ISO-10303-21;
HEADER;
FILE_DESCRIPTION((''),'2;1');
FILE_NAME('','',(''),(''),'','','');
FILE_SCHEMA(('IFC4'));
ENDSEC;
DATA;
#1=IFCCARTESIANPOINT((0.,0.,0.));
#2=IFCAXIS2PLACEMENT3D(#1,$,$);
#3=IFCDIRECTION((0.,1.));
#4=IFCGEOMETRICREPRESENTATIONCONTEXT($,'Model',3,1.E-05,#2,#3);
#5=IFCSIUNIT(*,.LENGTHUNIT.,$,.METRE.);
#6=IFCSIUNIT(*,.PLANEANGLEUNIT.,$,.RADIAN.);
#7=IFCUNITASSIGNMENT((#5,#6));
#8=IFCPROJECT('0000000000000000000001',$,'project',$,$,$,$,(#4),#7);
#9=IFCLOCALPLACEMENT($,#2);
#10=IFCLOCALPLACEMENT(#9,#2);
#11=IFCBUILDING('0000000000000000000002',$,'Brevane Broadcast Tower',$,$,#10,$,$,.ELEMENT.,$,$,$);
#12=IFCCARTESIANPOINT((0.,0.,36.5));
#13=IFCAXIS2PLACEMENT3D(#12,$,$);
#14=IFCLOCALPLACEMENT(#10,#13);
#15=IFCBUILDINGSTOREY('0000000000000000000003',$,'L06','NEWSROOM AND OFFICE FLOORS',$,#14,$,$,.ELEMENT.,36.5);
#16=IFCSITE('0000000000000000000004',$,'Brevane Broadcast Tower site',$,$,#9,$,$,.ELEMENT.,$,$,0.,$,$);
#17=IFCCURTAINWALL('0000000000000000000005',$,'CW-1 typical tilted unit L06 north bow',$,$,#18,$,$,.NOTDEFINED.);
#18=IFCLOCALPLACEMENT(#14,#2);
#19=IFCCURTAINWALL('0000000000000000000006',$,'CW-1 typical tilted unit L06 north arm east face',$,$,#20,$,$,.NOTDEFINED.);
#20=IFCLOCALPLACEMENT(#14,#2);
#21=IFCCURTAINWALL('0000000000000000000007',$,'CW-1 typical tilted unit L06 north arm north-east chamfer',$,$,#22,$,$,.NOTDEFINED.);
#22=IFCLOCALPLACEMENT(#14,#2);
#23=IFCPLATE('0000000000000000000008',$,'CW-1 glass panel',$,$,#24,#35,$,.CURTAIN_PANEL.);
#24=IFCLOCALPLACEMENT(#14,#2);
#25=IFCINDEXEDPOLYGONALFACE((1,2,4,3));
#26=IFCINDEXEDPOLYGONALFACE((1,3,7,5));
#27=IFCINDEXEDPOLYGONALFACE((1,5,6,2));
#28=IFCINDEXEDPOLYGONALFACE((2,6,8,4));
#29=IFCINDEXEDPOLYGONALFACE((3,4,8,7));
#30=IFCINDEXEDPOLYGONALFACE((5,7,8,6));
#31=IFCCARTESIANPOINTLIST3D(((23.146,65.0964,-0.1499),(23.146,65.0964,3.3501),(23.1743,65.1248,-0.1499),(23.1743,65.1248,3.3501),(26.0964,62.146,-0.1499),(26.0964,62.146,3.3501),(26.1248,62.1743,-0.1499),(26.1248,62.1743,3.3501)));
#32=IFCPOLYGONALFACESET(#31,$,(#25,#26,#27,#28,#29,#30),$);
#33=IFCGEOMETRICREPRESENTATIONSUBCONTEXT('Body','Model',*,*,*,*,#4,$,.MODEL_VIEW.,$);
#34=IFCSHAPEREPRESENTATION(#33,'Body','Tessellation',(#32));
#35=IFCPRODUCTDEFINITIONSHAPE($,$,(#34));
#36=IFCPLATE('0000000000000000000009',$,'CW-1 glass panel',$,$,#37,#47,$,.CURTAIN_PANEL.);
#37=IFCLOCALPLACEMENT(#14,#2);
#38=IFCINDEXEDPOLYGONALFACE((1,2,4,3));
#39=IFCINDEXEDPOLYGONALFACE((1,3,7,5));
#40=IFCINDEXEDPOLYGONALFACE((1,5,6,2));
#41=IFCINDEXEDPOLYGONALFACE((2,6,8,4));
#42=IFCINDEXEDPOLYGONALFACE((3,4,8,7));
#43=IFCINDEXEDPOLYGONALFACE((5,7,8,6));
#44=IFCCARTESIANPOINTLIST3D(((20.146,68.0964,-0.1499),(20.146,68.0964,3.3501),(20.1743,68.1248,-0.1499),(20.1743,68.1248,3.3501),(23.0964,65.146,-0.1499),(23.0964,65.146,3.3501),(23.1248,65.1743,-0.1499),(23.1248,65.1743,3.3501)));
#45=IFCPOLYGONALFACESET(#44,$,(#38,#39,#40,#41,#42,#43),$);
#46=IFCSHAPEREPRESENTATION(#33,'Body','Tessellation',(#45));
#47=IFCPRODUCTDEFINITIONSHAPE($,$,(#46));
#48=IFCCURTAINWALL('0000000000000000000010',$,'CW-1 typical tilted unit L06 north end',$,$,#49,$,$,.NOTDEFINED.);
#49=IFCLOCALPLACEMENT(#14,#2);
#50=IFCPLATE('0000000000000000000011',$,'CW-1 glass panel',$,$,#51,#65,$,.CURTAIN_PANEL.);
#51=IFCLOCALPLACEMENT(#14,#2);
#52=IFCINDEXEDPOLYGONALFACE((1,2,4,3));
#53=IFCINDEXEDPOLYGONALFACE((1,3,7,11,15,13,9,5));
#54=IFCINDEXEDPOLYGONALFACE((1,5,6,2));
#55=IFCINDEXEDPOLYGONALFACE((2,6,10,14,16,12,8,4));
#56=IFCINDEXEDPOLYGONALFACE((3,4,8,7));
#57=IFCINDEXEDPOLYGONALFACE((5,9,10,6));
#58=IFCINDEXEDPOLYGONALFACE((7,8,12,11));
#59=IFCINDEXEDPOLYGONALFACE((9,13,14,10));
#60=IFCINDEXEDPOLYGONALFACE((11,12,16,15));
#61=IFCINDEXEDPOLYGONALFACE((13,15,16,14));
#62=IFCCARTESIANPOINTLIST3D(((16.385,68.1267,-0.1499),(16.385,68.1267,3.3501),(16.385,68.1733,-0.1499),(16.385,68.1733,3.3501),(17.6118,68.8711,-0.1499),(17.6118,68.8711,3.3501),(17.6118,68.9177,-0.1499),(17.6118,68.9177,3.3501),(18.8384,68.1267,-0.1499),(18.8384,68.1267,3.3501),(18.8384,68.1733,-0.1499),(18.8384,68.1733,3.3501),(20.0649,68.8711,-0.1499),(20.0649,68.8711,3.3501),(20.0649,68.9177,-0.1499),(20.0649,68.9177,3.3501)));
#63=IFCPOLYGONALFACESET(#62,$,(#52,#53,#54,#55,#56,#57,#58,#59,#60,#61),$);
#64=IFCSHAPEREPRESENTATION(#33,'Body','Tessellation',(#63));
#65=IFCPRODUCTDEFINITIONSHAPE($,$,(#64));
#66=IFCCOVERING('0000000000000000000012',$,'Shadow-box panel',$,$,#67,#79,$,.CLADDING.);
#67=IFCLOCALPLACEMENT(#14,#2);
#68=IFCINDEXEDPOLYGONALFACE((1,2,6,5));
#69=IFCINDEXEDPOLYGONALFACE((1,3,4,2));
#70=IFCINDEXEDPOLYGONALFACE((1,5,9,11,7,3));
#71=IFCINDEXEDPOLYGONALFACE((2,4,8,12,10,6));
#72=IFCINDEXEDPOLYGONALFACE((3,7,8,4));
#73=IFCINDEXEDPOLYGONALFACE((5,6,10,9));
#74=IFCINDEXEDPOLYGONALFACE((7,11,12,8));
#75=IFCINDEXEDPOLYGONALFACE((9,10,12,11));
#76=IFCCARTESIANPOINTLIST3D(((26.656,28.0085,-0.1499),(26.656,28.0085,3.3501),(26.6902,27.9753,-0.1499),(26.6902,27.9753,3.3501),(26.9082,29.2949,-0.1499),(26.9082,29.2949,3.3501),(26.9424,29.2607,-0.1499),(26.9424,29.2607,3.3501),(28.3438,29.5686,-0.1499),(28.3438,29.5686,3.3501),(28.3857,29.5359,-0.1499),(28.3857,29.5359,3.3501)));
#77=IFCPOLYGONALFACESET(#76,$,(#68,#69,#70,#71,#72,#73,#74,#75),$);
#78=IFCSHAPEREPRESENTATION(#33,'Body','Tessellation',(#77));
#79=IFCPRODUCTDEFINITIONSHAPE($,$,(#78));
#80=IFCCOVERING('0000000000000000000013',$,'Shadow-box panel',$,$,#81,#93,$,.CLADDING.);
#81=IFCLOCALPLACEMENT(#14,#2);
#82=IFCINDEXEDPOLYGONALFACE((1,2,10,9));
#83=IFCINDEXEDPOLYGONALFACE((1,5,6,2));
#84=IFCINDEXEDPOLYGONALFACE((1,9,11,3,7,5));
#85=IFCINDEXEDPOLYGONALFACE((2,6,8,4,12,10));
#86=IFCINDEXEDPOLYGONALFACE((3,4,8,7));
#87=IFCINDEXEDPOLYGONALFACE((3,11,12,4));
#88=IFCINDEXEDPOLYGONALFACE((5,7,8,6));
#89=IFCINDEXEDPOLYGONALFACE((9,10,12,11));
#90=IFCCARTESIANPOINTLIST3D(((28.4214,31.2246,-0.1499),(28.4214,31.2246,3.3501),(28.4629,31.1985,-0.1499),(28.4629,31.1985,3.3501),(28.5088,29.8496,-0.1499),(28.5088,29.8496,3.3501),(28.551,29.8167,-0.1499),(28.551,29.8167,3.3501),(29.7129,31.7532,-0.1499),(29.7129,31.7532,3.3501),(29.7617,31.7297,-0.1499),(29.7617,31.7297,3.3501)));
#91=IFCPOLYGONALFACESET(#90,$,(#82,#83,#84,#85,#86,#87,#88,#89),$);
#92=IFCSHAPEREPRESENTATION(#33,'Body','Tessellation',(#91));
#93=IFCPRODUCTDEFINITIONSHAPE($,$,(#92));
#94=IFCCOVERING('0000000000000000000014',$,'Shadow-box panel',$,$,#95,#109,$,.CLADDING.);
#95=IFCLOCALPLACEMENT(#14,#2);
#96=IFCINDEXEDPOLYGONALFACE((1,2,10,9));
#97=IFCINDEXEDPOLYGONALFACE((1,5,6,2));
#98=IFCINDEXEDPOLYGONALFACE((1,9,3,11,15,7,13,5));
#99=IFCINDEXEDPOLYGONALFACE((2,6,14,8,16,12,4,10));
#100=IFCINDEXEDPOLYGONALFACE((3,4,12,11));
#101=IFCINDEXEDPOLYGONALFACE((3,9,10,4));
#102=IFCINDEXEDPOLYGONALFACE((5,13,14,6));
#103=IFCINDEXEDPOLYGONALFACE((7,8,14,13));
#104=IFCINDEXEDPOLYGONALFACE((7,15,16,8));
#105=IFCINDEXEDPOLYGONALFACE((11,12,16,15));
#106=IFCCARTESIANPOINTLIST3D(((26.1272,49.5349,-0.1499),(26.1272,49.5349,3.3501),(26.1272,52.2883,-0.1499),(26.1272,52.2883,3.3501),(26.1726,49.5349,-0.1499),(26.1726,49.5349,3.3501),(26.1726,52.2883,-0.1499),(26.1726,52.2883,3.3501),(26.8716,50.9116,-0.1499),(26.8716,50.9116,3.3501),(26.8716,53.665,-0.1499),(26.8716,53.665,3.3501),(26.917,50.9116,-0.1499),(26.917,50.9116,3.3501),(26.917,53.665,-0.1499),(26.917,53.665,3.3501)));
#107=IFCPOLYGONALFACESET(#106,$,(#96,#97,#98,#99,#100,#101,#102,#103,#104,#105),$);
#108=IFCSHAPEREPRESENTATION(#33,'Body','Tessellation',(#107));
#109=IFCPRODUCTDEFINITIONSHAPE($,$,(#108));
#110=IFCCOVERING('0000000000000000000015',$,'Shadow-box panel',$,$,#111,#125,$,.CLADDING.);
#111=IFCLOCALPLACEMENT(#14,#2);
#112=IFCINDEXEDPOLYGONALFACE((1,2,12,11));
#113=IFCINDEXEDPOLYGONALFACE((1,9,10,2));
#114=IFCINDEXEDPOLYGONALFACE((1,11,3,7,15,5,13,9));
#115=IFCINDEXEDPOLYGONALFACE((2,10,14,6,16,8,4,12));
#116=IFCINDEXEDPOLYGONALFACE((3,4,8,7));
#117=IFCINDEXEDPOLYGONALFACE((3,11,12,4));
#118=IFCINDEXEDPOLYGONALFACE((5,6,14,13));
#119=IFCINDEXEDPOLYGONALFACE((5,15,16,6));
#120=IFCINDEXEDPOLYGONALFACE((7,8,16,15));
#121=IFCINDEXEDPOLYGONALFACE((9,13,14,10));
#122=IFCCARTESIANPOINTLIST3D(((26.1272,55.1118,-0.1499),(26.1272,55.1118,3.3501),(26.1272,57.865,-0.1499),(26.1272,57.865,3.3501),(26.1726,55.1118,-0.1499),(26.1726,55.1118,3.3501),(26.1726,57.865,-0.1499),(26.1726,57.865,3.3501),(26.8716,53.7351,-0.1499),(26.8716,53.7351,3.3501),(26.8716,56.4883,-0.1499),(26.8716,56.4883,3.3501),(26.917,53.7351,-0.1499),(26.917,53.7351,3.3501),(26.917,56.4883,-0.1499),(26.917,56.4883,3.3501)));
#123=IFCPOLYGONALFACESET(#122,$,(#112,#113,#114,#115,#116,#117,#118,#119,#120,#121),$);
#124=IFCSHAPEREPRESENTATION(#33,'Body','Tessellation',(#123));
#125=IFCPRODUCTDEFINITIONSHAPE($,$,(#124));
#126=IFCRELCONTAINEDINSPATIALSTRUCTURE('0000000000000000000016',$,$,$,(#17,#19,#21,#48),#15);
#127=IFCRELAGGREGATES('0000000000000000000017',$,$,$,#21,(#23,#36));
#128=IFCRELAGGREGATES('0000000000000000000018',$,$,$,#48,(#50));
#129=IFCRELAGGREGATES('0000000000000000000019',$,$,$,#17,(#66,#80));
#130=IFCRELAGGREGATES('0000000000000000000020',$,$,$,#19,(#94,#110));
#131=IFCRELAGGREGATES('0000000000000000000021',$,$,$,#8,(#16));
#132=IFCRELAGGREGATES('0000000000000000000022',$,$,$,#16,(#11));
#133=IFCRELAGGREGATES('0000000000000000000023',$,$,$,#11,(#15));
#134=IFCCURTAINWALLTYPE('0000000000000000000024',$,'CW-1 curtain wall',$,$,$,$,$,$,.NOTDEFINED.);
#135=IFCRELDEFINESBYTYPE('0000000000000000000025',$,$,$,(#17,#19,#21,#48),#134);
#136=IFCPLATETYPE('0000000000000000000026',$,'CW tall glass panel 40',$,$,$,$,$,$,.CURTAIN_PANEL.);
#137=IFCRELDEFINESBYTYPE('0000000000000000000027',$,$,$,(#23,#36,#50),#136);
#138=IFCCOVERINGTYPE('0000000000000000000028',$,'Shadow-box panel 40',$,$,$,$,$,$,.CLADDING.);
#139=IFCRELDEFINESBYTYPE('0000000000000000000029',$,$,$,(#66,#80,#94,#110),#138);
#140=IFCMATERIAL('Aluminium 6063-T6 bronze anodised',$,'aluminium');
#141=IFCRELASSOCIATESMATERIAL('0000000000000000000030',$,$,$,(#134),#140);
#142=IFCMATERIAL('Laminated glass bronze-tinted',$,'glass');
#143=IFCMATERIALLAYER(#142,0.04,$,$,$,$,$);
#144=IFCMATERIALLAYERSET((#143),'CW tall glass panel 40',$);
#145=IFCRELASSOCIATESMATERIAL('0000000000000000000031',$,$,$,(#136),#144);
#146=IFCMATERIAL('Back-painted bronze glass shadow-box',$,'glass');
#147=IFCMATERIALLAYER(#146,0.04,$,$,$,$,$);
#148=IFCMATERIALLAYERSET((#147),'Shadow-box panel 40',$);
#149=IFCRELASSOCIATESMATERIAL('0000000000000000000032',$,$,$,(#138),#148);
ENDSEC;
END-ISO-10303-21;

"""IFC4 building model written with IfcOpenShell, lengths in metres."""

from ifc_helpers import new_model, si_unit, direction, frame, origin, place, context, subcontext, project, spatial, polyline, outline, extrude, material, layer, layer_set, type_object, element, aggregate, save


model = new_model("IFC4")

# Units and contexts
model_context = context("Model", 3, precision=1e-05, world=origin(), true_north=direction((0.0, 1.0)))
body_context = subcontext(model_context, "Body", "Model", "MODEL_VIEW")
ifc_project = project(units=[si_unit("LENGTHUNIT", "METRE"), si_unit("PLANEANGLEUNIT", "RADIAN")], contexts=[model_context])

# Site, building, storey
site_placement = place(None, origin())
site = spatial("IfcSite", under=ifc_project, at=site_placement, Name="Brevane Broadcast Tower site", CompositionType="ELEMENT", RefElevation=0.0)
building_placement = place(site_placement, origin())
building = spatial("IfcBuilding", under=site, at=building_placement, Name="Brevane Broadcast Tower", CompositionType="ELEMENT")
storey_placement = place(building_placement, frame((0.0, 0.0, 36.5)))
storey = spatial("IfcBuildingStorey", under=building, at=storey_placement, Name="L06", Description="NEWSROOM AND OFFICE FLOORS", CompositionType="ELEMENT", Elevation=36.5)

# Curtain walls, plates
ifc_material_1 = material(Name="Aluminium 6063-T6 bronze anodised", Category="aluminium")
curtain_wall_type = type_object("IfcCurtainWallType", Name="CW-1 curtain wall", PredefinedType="NOTDEFINED", material=ifc_material_1)
ifc_material_2 = material(Name="Laminated glass bronze-tinted", Category="glass")
ifc_layer_1 = layer(ifc_material_2, 0.04)
ifc_layer_set_1 = layer_set([ifc_layer_1], Name="CW tall glass panel 40")
plate_type = type_object("IfcPlateType", Name="CW tall glass panel 40", PredefinedType="CURTAIN_PANEL", material=ifc_layer_set_1)
curtain_wall_1_placement = place(storey_placement, origin())
curtain_wall_1 = element("IfcCurtainWall", 1, at=curtain_wall_1_placement, inside=storey, type_object=curtain_wall_type, Name="CW-1 typical tilted unit L06 north bow", PredefinedType="NOTDEFINED")
curtain_wall_2_placement = place(storey_placement, origin())
curtain_wall_2 = element("IfcCurtainWall", 2, at=curtain_wall_2_placement, inside=storey, type_object=curtain_wall_type, Name="CW-1 typical tilted unit L06 north arm east face", PredefinedType="NOTDEFINED")
curtain_wall_3_placement = place(storey_placement, origin())
curtain_wall_3 = element("IfcCurtainWall", 3, at=curtain_wall_3_placement, inside=storey, type_object=curtain_wall_type, Name="CW-1 typical tilted unit L06 north arm north-east chamfer", PredefinedType="NOTDEFINED")
plate_1_placement = place(storey_placement, frame((0.0, 0.0, -0.1499)))
plate_1 = element("IfcPlate", 4, at=plate_1_placement, type_object=plate_type, Name="CW-1 glass panel", PredefinedType="CURTAIN_PANEL", context=body_context, shape_type="SweptSolid", body=[
    extrude(outline(polyline([(26.0964, 62.146), (23.146, 65.0964), (23.1743, 65.1248), (26.1248, 62.1743), (26.0964, 62.146)])), origin(), (0.0, 0.0, 1.0), 3.5),
])
plate_2_placement = place(storey_placement, frame((0.0, 0.0, -0.1499)))
plate_2 = element("IfcPlate", 5, at=plate_2_placement, type_object=plate_type, Name="CW-1 glass panel", PredefinedType="CURTAIN_PANEL", context=body_context, shape_type="SweptSolid", body=[
    extrude(outline(polyline([(23.0964, 65.146), (20.146, 68.0964), (20.1743, 68.1248), (23.1248, 65.1743), (23.0964, 65.146)])), origin(), (0.0, 0.0, 1.0), 3.5),
])
aggregate(curtain_wall_3, [plate_1, plate_2])

# Curtain wall, plate
curtain_wall_4_placement = place(storey_placement, origin())
curtain_wall_4 = element("IfcCurtainWall", 6, at=curtain_wall_4_placement, inside=storey, type_object=curtain_wall_type, Name="CW-1 typical tilted unit L06 north end", PredefinedType="NOTDEFINED")
plate_3_placement = place(storey_placement, frame((0.0, 0.0, -0.1499)))
plate_3 = element("IfcPlate", 7, at=plate_3_placement, type_object=plate_type, Name="CW-1 glass panel", PredefinedType="CURTAIN_PANEL", context=body_context, shape_type="SweptSolid", body=[
    extrude(outline(polyline([(20.0649, 68.8711), (20.0649, 68.9177), (18.8384, 68.1733), (17.6118, 68.9177), (16.385, 68.1733), (16.385, 68.1267), (17.6118, 68.8711), (18.8384, 68.1267), (20.0649, 68.8711)])), origin(), (0.0, 0.0, 1.0), 3.5),
])
aggregate(curtain_wall_4, [plate_3])

# Coverings
ifc_material_3 = material(Name="Back-painted bronze glass shadow-box", Category="glass")
ifc_layer_2 = layer(ifc_material_3, 0.04)
ifc_layer_set_2 = layer_set([ifc_layer_2], Name="Shadow-box panel 40")
covering_type = type_object("IfcCoveringType", Name="Shadow-box panel 40", PredefinedType="CLADDING", material=ifc_layer_set_2)
covering_1_placement = place(storey_placement, frame((0.0, 0.0, -0.1499)))
covering_1 = element("IfcCovering", 8, at=covering_1_placement, type_object=covering_type, Name="Shadow-box panel", PredefinedType="CLADDING", context=body_context, shape_type="SweptSolid", body=[
    extrude(outline(polyline([(26.656, 28.0085), (26.6902, 27.9753), (26.9424, 29.2607), (28.3857, 29.5359), (28.3438, 29.5686), (26.9082, 29.2949), (26.656, 28.0085)])), origin(), (0.0, 0.0, 1.0), 3.5),
])
covering_2_placement = place(storey_placement, frame((0.0, 0.0, -0.1499)))
covering_2 = element("IfcCovering", 9, at=covering_2_placement, type_object=covering_type, Name="Shadow-box panel", PredefinedType="CLADDING", context=body_context, shape_type="SweptSolid", body=[
    extrude(outline(polyline([(28.5088, 29.8496), (28.551, 29.8167), (28.4629, 31.1985), (29.7617, 31.7297), (29.7129, 31.7532), (28.4214, 31.2246), (28.5088, 29.8496)])), origin(), (0.0, 0.0, 1.0), 3.5),
])
aggregate(curtain_wall_1, [covering_1, covering_2])
covering_3_placement = place(storey_placement, frame((0.0, 0.0, -0.1499)))
covering_3 = element("IfcCovering", 10, at=covering_3_placement, type_object=covering_type, Name="Shadow-box panel", PredefinedType="CLADDING", context=body_context, shape_type="SweptSolid", body=[
    extrude(outline(polyline([(26.1272, 49.5349), (26.1726, 49.5349), (26.917, 50.9116), (26.1726, 52.2883), (26.917, 53.665), (26.8716, 53.665), (26.1272, 52.2883), (26.8716, 50.9116), (26.1272, 49.5349)])), origin(), (0.0, 0.0, 1.0), 3.5),
])
covering_4_placement = place(storey_placement, frame((0.0, 0.0, -0.1499)))
covering_4 = element("IfcCovering", 11, at=covering_4_placement, type_object=covering_type, Name="Shadow-box panel", PredefinedType="CLADDING", context=body_context, shape_type="SweptSolid", body=[
    extrude(outline(polyline([(26.8716, 53.7351), (26.917, 53.7351), (26.1726, 55.1118), (26.917, 56.4883), (26.1726, 57.865), (26.1272, 57.865), (26.8716, 56.4883), (26.1272, 55.1118), (26.8716, 53.7351)])), origin(), (0.0, 0.0, 1.0), 3.5),
])
aggregate(curtain_wall_2, [covering_3, covering_4])

save(model, "model.ifc")
